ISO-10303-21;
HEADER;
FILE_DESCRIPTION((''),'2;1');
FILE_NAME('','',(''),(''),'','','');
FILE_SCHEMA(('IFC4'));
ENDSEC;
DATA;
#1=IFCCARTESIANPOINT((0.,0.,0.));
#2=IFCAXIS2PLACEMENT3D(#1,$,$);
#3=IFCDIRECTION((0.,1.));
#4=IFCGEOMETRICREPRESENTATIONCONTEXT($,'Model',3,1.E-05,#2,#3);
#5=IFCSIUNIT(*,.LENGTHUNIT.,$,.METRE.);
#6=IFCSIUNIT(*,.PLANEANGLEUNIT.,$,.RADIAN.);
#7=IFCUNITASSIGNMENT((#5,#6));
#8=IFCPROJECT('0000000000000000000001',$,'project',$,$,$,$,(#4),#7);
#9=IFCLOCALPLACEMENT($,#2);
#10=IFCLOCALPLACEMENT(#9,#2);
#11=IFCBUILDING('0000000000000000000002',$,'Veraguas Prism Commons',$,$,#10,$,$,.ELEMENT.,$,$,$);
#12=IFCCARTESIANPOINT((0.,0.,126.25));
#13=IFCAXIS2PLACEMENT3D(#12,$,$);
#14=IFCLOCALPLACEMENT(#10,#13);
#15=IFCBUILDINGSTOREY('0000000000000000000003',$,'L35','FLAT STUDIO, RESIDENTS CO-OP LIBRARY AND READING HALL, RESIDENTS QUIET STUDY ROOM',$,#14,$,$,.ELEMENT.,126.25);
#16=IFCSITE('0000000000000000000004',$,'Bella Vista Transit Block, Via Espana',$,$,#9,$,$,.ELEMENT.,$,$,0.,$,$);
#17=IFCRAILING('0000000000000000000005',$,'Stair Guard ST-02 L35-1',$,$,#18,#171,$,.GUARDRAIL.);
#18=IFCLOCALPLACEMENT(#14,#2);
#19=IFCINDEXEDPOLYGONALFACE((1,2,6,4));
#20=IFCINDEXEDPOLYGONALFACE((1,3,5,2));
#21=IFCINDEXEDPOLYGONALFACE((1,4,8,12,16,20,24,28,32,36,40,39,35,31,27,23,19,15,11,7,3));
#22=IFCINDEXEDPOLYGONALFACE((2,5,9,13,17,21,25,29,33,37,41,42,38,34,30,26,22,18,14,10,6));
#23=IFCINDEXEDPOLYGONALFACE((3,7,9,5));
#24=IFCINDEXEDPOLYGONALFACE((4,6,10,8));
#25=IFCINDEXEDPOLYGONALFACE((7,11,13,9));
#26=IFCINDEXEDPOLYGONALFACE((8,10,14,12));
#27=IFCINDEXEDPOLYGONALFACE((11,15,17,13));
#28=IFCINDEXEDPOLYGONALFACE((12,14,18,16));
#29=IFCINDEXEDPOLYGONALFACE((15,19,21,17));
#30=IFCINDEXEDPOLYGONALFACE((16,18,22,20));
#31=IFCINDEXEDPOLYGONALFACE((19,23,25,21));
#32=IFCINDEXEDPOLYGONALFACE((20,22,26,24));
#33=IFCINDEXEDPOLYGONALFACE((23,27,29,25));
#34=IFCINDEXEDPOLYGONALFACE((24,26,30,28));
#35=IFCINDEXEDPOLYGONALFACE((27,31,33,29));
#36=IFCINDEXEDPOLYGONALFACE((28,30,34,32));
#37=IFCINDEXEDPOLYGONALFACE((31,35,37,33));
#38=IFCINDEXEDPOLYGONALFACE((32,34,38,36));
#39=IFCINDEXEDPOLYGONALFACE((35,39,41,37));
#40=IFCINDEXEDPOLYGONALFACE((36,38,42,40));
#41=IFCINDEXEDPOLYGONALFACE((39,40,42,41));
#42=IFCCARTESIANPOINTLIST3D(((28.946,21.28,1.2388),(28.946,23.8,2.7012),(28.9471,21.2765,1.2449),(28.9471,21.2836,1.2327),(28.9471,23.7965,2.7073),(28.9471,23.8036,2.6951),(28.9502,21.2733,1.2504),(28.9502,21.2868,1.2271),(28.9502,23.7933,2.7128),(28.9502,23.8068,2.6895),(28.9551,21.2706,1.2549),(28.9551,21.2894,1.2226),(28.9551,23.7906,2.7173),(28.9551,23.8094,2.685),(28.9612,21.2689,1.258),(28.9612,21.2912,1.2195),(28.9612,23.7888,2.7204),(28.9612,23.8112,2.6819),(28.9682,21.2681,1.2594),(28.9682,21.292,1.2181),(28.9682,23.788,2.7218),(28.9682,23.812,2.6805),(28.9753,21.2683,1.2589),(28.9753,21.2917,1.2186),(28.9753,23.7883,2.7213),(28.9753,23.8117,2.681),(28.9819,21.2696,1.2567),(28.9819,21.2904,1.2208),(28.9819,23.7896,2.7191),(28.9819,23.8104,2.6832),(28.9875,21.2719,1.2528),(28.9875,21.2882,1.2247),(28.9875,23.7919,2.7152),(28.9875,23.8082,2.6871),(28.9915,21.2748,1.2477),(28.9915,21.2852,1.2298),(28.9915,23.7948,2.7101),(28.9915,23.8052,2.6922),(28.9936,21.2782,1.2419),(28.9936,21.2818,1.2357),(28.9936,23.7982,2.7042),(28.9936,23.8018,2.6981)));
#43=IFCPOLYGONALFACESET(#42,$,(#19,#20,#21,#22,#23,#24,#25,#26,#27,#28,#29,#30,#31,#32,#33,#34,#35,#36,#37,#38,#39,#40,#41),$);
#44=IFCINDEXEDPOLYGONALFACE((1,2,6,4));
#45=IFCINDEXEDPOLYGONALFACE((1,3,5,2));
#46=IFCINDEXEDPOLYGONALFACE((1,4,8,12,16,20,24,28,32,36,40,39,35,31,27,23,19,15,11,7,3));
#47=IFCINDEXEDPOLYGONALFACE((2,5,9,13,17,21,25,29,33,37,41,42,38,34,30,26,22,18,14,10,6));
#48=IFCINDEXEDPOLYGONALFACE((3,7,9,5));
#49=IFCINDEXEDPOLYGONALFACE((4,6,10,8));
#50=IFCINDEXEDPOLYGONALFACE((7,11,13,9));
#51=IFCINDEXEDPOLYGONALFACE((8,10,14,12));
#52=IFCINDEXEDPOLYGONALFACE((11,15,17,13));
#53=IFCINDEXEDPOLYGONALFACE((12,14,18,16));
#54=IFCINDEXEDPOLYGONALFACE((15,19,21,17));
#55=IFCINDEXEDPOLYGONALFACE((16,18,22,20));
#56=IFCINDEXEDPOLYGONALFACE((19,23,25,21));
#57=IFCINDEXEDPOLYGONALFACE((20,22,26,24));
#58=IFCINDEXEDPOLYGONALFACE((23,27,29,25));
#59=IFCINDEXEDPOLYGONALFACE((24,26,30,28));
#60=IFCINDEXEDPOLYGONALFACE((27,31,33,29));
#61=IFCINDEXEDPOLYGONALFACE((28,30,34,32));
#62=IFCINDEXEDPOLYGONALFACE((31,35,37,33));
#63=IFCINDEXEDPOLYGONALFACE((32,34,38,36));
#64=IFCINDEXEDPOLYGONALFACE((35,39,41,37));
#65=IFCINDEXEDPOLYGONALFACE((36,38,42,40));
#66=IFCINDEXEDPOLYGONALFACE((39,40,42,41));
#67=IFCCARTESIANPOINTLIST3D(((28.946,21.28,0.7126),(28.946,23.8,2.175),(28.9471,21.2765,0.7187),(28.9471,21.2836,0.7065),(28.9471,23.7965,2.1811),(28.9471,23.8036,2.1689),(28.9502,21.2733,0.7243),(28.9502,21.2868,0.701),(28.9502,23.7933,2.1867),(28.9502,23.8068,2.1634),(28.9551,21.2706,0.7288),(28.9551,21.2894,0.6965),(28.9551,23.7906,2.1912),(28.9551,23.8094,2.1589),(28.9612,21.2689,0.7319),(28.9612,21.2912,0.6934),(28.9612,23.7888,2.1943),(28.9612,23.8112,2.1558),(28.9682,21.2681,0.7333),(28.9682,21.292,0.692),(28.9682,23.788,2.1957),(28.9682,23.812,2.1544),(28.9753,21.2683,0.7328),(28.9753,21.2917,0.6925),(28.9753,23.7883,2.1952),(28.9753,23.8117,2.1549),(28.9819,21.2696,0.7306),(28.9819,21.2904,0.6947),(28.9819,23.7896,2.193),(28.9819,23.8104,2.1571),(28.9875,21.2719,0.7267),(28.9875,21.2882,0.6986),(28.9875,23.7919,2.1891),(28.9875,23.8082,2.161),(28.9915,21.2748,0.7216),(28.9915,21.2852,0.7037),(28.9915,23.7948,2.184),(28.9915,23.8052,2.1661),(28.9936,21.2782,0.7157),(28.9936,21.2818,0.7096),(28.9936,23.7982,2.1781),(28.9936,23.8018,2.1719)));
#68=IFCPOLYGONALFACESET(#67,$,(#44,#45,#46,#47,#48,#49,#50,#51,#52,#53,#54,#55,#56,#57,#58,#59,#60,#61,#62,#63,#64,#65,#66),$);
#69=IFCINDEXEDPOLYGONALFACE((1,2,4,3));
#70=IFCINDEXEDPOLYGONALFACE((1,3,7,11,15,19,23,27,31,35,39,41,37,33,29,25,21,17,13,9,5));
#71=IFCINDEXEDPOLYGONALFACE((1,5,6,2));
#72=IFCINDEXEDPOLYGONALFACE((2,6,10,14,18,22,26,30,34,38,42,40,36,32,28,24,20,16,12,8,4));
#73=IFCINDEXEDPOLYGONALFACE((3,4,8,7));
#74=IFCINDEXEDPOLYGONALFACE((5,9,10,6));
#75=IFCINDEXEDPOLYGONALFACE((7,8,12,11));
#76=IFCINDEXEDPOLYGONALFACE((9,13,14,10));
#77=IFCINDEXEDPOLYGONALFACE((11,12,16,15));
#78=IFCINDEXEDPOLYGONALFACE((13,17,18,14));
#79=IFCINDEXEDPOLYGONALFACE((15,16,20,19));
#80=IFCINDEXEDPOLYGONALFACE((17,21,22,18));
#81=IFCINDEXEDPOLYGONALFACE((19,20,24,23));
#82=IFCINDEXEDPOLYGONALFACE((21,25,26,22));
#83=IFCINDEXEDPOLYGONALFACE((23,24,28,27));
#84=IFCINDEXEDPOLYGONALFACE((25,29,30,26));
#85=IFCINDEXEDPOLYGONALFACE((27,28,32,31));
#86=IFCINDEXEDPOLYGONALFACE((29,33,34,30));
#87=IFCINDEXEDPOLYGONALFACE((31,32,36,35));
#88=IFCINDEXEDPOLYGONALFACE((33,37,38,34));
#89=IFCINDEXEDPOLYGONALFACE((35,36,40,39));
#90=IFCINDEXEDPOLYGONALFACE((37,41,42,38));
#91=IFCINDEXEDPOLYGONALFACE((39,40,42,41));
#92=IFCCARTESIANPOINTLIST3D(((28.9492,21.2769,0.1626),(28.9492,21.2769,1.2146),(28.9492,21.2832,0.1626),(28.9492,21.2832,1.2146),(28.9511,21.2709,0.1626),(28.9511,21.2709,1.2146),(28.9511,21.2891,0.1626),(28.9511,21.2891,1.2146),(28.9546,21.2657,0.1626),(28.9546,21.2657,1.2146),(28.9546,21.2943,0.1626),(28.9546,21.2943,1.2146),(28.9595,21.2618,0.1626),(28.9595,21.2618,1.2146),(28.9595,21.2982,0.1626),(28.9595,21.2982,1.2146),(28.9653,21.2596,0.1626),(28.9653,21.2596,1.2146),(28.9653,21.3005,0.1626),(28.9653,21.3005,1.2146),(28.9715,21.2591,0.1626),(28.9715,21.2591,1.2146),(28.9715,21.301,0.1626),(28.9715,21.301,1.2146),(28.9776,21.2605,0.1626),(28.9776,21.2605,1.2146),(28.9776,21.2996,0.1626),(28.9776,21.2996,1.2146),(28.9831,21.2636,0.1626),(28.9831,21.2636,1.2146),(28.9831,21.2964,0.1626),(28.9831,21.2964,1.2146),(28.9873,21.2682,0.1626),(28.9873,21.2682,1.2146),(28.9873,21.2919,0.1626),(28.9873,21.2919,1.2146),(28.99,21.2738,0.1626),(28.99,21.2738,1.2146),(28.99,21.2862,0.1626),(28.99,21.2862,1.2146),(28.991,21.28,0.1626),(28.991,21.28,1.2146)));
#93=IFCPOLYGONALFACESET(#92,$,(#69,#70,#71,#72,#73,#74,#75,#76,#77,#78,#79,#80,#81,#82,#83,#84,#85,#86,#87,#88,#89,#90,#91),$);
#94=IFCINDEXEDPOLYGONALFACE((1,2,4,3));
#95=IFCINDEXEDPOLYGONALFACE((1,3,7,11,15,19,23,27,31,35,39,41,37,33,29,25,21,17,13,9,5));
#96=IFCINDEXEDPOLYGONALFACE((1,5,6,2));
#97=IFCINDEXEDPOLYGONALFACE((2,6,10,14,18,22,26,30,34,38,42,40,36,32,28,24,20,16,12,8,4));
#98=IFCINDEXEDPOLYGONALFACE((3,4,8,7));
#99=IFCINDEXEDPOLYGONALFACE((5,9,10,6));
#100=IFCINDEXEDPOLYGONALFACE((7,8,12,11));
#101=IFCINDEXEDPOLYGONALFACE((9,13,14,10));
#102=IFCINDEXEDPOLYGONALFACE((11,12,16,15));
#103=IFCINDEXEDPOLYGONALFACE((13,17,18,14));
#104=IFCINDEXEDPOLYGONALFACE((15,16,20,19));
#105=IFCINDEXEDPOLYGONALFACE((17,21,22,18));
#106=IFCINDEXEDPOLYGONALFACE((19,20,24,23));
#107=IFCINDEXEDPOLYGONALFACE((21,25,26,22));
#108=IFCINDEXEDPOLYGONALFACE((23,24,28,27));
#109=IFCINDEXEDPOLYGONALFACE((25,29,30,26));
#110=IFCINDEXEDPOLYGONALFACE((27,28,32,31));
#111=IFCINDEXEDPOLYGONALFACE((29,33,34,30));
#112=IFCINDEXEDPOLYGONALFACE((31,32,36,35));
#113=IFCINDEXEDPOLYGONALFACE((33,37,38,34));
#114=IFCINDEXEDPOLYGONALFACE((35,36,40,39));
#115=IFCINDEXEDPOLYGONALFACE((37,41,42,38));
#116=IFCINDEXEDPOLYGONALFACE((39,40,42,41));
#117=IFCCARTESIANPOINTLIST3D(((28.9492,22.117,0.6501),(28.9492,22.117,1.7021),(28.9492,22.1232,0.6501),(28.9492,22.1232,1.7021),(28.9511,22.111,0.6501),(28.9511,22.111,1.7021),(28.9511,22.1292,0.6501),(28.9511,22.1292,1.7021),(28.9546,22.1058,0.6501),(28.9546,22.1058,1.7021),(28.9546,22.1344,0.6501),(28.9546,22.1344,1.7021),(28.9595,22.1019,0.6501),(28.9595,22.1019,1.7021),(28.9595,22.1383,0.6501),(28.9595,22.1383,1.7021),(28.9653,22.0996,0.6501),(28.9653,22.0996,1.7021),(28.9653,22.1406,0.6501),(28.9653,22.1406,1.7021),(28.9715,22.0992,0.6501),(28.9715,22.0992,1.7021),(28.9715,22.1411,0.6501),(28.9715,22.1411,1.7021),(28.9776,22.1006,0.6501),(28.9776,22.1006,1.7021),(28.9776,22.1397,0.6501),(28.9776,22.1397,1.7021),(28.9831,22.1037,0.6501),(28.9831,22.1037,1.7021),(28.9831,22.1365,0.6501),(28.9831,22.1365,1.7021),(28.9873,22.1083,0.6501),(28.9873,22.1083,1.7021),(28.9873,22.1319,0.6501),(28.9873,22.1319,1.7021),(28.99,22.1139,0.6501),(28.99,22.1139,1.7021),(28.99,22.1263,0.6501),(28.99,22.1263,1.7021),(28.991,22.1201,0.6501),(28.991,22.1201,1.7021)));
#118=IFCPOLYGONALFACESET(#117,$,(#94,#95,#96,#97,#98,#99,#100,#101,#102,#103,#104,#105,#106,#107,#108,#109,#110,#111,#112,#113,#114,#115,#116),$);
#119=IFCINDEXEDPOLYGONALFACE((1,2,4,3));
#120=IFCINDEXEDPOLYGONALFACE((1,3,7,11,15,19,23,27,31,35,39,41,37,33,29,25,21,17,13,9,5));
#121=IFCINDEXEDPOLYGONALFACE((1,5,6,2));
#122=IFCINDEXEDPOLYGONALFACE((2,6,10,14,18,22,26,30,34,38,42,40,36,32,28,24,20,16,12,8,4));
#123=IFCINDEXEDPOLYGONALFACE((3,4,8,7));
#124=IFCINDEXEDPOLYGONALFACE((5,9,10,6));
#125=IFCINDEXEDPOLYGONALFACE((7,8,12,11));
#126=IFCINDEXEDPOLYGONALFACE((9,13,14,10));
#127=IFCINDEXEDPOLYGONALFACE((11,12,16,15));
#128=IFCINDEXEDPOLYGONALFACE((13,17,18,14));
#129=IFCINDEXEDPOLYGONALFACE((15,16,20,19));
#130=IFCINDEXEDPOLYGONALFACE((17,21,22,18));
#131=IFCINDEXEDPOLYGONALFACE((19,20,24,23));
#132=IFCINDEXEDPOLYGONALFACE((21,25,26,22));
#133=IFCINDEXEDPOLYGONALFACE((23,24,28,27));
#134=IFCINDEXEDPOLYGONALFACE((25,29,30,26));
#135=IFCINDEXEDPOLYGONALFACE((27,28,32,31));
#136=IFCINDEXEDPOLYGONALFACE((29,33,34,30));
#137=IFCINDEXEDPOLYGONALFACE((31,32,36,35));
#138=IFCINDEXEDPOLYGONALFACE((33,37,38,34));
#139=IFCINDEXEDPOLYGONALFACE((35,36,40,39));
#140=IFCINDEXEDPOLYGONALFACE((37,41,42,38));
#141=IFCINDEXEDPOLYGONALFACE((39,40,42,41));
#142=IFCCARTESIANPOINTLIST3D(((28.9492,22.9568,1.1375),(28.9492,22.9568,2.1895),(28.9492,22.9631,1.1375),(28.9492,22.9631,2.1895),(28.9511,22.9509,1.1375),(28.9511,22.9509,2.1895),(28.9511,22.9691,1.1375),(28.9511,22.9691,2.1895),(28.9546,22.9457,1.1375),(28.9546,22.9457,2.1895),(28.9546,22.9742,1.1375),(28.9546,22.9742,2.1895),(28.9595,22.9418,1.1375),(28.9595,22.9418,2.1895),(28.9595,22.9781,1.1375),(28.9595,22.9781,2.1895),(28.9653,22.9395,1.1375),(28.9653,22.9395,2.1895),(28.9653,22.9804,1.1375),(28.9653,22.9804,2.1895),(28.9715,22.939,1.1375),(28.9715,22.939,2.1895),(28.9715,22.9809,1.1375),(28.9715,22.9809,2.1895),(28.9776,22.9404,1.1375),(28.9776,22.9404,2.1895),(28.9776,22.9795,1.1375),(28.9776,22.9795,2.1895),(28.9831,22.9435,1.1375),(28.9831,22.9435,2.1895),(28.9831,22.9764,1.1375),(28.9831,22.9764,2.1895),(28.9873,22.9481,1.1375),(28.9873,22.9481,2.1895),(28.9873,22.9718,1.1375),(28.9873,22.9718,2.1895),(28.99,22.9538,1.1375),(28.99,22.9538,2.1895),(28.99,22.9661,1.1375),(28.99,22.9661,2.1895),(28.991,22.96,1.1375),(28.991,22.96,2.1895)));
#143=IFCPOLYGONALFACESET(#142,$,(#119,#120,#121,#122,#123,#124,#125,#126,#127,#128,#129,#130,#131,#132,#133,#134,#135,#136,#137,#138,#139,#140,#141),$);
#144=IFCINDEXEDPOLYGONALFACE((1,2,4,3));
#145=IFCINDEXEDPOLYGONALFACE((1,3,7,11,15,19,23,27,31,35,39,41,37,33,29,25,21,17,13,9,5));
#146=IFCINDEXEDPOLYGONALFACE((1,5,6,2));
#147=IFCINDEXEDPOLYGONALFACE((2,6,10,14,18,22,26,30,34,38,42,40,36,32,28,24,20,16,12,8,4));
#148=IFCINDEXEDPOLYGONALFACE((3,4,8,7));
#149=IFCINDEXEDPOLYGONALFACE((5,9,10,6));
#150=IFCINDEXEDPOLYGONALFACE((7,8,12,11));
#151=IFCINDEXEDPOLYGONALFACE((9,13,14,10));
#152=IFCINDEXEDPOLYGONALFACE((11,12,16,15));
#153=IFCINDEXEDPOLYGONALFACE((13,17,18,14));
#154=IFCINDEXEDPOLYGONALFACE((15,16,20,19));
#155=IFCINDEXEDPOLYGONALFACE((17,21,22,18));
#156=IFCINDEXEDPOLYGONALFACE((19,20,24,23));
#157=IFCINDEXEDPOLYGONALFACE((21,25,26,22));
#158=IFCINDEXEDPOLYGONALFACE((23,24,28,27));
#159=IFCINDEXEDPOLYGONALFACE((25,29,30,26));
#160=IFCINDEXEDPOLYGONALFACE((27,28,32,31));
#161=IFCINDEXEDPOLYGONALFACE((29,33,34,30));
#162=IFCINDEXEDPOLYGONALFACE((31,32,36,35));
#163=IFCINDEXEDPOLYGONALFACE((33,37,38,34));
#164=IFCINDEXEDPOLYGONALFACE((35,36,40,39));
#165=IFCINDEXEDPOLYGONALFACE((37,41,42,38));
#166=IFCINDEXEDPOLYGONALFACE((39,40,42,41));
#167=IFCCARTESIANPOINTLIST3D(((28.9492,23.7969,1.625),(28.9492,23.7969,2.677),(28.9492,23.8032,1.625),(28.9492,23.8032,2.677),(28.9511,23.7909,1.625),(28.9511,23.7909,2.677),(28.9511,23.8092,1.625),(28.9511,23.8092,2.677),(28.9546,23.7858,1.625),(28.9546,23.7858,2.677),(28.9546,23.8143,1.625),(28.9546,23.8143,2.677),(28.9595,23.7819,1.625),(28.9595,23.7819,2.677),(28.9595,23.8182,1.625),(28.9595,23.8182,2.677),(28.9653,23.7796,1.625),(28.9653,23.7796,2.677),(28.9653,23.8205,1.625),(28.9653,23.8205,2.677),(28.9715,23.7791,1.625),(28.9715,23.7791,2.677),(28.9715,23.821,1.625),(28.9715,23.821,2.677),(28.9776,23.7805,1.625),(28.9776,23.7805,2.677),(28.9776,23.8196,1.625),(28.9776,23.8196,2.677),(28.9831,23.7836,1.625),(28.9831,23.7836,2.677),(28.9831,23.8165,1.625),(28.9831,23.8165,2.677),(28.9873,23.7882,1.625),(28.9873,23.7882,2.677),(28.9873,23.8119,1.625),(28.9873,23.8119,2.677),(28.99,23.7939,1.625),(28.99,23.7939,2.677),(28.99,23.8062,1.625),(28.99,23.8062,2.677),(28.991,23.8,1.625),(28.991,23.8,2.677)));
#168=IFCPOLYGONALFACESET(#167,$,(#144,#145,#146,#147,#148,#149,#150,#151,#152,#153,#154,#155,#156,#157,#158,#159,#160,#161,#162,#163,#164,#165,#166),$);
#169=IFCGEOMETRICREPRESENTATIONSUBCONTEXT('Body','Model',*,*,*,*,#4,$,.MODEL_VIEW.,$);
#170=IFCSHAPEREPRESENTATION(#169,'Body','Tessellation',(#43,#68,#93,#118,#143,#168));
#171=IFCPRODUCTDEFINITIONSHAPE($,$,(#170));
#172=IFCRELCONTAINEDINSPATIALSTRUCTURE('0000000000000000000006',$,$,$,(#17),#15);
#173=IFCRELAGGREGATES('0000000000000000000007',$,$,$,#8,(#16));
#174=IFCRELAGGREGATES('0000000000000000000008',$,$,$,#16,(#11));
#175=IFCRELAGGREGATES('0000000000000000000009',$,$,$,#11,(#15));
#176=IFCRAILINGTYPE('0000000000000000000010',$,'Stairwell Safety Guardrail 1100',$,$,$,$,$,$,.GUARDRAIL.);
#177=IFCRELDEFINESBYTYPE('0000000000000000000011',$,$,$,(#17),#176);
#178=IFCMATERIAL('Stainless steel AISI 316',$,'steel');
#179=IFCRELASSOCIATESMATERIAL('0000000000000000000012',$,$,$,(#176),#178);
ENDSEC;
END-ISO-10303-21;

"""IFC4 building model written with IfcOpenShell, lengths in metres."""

from ifc_helpers import new_model, si_unit, direction, frame, origin, origin_2d, place, context, subcontext, project, spatial, circle, extrude, material, type_object, element, save


model = new_model("IFC4")

# Units and contexts
model_context = context("Model", 3, precision=1e-05, world=origin(), true_north=direction((0.0, 1.0)))
body_context = subcontext(model_context, "Body", "Model", "MODEL_VIEW")
ifc_project = project(units=[si_unit("LENGTHUNIT", "METRE"), si_unit("PLANEANGLEUNIT", "RADIAN")], contexts=[model_context])

# Site, building, storey
site_placement = place(None, origin())
site = spatial("IfcSite", under=ifc_project, at=site_placement, Name="Bella Vista Transit Block, Via Espana", CompositionType="ELEMENT", RefElevation=0.0)
building_placement = place(site_placement, origin())
building = spatial("IfcBuilding", under=site, at=building_placement, Name="Veraguas Prism Commons", CompositionType="ELEMENT")
storey_placement = place(building_placement, frame((0.0, 0.0, 126.25)))
storey = spatial("IfcBuildingStorey", under=building, at=storey_placement, Name="L35", Description="FLAT STUDIO, RESIDENTS CO-OP LIBRARY AND READING HALL, RESIDENTS QUIET STUDY ROOM", CompositionType="ELEMENT", Elevation=126.25)

# Shared definitions
ifc_material_1 = material(Name="Stainless steel AISI 316", Category="steel")

# Railing
railing_type_1 = type_object("IfcRailingType", Name="Stairwell Safety Guardrail 1100", PredefinedType="GUARDRAIL", material=ifc_material_1)
railing_1_placement = place(storey_placement, frame((28.97, 21.28, 0.1626)))
element("IfcRailing", 1, at=railing_1_placement, inside=storey, type_object=railing_type_1, Name="Stair Guard ST-02 L35-1", PredefinedType="GUARDRAIL", context=body_context, shape_type="SweptSolid", body=[
    extrude(circle(Radius=0.0239, at=origin_2d()), frame((0.0, 0.0, 1.0762), z_axis=(0.0, 0.864913, 0.501921), x_axis=(-1.0, 0.0, 0.0)), (0.0, 0.0, 1.0), 2.9136),
    extrude(circle(Radius=0.0239, at=origin_2d()), frame((0.0, 0.0, 0.55), z_axis=(0.0, 0.864913, 0.501921), x_axis=(-1.0, 0.0, 0.0)), (0.0, 0.0, 1.0), 2.9136),
    extrude(circle(Radius=0.021, at=origin_2d()), origin(), (0.0, 0.0, 1.0), 1.052),
    extrude(circle(Radius=0.021, at=origin_2d()), frame((0.0, 0.8401, 0.4875)), (0.0, 0.0, 1.0), 1.052),
    extrude(circle(Radius=0.021, at=origin_2d()), frame((0.0, 1.6799, 0.9749)), (0.0, 0.0, 1.0), 1.052),
    extrude(circle(Radius=0.021, at=origin_2d()), frame((0.0, 2.52, 1.4624)), (0.0, 0.0, 1.0), 1.052),
])

save(model, "model.ifc")
